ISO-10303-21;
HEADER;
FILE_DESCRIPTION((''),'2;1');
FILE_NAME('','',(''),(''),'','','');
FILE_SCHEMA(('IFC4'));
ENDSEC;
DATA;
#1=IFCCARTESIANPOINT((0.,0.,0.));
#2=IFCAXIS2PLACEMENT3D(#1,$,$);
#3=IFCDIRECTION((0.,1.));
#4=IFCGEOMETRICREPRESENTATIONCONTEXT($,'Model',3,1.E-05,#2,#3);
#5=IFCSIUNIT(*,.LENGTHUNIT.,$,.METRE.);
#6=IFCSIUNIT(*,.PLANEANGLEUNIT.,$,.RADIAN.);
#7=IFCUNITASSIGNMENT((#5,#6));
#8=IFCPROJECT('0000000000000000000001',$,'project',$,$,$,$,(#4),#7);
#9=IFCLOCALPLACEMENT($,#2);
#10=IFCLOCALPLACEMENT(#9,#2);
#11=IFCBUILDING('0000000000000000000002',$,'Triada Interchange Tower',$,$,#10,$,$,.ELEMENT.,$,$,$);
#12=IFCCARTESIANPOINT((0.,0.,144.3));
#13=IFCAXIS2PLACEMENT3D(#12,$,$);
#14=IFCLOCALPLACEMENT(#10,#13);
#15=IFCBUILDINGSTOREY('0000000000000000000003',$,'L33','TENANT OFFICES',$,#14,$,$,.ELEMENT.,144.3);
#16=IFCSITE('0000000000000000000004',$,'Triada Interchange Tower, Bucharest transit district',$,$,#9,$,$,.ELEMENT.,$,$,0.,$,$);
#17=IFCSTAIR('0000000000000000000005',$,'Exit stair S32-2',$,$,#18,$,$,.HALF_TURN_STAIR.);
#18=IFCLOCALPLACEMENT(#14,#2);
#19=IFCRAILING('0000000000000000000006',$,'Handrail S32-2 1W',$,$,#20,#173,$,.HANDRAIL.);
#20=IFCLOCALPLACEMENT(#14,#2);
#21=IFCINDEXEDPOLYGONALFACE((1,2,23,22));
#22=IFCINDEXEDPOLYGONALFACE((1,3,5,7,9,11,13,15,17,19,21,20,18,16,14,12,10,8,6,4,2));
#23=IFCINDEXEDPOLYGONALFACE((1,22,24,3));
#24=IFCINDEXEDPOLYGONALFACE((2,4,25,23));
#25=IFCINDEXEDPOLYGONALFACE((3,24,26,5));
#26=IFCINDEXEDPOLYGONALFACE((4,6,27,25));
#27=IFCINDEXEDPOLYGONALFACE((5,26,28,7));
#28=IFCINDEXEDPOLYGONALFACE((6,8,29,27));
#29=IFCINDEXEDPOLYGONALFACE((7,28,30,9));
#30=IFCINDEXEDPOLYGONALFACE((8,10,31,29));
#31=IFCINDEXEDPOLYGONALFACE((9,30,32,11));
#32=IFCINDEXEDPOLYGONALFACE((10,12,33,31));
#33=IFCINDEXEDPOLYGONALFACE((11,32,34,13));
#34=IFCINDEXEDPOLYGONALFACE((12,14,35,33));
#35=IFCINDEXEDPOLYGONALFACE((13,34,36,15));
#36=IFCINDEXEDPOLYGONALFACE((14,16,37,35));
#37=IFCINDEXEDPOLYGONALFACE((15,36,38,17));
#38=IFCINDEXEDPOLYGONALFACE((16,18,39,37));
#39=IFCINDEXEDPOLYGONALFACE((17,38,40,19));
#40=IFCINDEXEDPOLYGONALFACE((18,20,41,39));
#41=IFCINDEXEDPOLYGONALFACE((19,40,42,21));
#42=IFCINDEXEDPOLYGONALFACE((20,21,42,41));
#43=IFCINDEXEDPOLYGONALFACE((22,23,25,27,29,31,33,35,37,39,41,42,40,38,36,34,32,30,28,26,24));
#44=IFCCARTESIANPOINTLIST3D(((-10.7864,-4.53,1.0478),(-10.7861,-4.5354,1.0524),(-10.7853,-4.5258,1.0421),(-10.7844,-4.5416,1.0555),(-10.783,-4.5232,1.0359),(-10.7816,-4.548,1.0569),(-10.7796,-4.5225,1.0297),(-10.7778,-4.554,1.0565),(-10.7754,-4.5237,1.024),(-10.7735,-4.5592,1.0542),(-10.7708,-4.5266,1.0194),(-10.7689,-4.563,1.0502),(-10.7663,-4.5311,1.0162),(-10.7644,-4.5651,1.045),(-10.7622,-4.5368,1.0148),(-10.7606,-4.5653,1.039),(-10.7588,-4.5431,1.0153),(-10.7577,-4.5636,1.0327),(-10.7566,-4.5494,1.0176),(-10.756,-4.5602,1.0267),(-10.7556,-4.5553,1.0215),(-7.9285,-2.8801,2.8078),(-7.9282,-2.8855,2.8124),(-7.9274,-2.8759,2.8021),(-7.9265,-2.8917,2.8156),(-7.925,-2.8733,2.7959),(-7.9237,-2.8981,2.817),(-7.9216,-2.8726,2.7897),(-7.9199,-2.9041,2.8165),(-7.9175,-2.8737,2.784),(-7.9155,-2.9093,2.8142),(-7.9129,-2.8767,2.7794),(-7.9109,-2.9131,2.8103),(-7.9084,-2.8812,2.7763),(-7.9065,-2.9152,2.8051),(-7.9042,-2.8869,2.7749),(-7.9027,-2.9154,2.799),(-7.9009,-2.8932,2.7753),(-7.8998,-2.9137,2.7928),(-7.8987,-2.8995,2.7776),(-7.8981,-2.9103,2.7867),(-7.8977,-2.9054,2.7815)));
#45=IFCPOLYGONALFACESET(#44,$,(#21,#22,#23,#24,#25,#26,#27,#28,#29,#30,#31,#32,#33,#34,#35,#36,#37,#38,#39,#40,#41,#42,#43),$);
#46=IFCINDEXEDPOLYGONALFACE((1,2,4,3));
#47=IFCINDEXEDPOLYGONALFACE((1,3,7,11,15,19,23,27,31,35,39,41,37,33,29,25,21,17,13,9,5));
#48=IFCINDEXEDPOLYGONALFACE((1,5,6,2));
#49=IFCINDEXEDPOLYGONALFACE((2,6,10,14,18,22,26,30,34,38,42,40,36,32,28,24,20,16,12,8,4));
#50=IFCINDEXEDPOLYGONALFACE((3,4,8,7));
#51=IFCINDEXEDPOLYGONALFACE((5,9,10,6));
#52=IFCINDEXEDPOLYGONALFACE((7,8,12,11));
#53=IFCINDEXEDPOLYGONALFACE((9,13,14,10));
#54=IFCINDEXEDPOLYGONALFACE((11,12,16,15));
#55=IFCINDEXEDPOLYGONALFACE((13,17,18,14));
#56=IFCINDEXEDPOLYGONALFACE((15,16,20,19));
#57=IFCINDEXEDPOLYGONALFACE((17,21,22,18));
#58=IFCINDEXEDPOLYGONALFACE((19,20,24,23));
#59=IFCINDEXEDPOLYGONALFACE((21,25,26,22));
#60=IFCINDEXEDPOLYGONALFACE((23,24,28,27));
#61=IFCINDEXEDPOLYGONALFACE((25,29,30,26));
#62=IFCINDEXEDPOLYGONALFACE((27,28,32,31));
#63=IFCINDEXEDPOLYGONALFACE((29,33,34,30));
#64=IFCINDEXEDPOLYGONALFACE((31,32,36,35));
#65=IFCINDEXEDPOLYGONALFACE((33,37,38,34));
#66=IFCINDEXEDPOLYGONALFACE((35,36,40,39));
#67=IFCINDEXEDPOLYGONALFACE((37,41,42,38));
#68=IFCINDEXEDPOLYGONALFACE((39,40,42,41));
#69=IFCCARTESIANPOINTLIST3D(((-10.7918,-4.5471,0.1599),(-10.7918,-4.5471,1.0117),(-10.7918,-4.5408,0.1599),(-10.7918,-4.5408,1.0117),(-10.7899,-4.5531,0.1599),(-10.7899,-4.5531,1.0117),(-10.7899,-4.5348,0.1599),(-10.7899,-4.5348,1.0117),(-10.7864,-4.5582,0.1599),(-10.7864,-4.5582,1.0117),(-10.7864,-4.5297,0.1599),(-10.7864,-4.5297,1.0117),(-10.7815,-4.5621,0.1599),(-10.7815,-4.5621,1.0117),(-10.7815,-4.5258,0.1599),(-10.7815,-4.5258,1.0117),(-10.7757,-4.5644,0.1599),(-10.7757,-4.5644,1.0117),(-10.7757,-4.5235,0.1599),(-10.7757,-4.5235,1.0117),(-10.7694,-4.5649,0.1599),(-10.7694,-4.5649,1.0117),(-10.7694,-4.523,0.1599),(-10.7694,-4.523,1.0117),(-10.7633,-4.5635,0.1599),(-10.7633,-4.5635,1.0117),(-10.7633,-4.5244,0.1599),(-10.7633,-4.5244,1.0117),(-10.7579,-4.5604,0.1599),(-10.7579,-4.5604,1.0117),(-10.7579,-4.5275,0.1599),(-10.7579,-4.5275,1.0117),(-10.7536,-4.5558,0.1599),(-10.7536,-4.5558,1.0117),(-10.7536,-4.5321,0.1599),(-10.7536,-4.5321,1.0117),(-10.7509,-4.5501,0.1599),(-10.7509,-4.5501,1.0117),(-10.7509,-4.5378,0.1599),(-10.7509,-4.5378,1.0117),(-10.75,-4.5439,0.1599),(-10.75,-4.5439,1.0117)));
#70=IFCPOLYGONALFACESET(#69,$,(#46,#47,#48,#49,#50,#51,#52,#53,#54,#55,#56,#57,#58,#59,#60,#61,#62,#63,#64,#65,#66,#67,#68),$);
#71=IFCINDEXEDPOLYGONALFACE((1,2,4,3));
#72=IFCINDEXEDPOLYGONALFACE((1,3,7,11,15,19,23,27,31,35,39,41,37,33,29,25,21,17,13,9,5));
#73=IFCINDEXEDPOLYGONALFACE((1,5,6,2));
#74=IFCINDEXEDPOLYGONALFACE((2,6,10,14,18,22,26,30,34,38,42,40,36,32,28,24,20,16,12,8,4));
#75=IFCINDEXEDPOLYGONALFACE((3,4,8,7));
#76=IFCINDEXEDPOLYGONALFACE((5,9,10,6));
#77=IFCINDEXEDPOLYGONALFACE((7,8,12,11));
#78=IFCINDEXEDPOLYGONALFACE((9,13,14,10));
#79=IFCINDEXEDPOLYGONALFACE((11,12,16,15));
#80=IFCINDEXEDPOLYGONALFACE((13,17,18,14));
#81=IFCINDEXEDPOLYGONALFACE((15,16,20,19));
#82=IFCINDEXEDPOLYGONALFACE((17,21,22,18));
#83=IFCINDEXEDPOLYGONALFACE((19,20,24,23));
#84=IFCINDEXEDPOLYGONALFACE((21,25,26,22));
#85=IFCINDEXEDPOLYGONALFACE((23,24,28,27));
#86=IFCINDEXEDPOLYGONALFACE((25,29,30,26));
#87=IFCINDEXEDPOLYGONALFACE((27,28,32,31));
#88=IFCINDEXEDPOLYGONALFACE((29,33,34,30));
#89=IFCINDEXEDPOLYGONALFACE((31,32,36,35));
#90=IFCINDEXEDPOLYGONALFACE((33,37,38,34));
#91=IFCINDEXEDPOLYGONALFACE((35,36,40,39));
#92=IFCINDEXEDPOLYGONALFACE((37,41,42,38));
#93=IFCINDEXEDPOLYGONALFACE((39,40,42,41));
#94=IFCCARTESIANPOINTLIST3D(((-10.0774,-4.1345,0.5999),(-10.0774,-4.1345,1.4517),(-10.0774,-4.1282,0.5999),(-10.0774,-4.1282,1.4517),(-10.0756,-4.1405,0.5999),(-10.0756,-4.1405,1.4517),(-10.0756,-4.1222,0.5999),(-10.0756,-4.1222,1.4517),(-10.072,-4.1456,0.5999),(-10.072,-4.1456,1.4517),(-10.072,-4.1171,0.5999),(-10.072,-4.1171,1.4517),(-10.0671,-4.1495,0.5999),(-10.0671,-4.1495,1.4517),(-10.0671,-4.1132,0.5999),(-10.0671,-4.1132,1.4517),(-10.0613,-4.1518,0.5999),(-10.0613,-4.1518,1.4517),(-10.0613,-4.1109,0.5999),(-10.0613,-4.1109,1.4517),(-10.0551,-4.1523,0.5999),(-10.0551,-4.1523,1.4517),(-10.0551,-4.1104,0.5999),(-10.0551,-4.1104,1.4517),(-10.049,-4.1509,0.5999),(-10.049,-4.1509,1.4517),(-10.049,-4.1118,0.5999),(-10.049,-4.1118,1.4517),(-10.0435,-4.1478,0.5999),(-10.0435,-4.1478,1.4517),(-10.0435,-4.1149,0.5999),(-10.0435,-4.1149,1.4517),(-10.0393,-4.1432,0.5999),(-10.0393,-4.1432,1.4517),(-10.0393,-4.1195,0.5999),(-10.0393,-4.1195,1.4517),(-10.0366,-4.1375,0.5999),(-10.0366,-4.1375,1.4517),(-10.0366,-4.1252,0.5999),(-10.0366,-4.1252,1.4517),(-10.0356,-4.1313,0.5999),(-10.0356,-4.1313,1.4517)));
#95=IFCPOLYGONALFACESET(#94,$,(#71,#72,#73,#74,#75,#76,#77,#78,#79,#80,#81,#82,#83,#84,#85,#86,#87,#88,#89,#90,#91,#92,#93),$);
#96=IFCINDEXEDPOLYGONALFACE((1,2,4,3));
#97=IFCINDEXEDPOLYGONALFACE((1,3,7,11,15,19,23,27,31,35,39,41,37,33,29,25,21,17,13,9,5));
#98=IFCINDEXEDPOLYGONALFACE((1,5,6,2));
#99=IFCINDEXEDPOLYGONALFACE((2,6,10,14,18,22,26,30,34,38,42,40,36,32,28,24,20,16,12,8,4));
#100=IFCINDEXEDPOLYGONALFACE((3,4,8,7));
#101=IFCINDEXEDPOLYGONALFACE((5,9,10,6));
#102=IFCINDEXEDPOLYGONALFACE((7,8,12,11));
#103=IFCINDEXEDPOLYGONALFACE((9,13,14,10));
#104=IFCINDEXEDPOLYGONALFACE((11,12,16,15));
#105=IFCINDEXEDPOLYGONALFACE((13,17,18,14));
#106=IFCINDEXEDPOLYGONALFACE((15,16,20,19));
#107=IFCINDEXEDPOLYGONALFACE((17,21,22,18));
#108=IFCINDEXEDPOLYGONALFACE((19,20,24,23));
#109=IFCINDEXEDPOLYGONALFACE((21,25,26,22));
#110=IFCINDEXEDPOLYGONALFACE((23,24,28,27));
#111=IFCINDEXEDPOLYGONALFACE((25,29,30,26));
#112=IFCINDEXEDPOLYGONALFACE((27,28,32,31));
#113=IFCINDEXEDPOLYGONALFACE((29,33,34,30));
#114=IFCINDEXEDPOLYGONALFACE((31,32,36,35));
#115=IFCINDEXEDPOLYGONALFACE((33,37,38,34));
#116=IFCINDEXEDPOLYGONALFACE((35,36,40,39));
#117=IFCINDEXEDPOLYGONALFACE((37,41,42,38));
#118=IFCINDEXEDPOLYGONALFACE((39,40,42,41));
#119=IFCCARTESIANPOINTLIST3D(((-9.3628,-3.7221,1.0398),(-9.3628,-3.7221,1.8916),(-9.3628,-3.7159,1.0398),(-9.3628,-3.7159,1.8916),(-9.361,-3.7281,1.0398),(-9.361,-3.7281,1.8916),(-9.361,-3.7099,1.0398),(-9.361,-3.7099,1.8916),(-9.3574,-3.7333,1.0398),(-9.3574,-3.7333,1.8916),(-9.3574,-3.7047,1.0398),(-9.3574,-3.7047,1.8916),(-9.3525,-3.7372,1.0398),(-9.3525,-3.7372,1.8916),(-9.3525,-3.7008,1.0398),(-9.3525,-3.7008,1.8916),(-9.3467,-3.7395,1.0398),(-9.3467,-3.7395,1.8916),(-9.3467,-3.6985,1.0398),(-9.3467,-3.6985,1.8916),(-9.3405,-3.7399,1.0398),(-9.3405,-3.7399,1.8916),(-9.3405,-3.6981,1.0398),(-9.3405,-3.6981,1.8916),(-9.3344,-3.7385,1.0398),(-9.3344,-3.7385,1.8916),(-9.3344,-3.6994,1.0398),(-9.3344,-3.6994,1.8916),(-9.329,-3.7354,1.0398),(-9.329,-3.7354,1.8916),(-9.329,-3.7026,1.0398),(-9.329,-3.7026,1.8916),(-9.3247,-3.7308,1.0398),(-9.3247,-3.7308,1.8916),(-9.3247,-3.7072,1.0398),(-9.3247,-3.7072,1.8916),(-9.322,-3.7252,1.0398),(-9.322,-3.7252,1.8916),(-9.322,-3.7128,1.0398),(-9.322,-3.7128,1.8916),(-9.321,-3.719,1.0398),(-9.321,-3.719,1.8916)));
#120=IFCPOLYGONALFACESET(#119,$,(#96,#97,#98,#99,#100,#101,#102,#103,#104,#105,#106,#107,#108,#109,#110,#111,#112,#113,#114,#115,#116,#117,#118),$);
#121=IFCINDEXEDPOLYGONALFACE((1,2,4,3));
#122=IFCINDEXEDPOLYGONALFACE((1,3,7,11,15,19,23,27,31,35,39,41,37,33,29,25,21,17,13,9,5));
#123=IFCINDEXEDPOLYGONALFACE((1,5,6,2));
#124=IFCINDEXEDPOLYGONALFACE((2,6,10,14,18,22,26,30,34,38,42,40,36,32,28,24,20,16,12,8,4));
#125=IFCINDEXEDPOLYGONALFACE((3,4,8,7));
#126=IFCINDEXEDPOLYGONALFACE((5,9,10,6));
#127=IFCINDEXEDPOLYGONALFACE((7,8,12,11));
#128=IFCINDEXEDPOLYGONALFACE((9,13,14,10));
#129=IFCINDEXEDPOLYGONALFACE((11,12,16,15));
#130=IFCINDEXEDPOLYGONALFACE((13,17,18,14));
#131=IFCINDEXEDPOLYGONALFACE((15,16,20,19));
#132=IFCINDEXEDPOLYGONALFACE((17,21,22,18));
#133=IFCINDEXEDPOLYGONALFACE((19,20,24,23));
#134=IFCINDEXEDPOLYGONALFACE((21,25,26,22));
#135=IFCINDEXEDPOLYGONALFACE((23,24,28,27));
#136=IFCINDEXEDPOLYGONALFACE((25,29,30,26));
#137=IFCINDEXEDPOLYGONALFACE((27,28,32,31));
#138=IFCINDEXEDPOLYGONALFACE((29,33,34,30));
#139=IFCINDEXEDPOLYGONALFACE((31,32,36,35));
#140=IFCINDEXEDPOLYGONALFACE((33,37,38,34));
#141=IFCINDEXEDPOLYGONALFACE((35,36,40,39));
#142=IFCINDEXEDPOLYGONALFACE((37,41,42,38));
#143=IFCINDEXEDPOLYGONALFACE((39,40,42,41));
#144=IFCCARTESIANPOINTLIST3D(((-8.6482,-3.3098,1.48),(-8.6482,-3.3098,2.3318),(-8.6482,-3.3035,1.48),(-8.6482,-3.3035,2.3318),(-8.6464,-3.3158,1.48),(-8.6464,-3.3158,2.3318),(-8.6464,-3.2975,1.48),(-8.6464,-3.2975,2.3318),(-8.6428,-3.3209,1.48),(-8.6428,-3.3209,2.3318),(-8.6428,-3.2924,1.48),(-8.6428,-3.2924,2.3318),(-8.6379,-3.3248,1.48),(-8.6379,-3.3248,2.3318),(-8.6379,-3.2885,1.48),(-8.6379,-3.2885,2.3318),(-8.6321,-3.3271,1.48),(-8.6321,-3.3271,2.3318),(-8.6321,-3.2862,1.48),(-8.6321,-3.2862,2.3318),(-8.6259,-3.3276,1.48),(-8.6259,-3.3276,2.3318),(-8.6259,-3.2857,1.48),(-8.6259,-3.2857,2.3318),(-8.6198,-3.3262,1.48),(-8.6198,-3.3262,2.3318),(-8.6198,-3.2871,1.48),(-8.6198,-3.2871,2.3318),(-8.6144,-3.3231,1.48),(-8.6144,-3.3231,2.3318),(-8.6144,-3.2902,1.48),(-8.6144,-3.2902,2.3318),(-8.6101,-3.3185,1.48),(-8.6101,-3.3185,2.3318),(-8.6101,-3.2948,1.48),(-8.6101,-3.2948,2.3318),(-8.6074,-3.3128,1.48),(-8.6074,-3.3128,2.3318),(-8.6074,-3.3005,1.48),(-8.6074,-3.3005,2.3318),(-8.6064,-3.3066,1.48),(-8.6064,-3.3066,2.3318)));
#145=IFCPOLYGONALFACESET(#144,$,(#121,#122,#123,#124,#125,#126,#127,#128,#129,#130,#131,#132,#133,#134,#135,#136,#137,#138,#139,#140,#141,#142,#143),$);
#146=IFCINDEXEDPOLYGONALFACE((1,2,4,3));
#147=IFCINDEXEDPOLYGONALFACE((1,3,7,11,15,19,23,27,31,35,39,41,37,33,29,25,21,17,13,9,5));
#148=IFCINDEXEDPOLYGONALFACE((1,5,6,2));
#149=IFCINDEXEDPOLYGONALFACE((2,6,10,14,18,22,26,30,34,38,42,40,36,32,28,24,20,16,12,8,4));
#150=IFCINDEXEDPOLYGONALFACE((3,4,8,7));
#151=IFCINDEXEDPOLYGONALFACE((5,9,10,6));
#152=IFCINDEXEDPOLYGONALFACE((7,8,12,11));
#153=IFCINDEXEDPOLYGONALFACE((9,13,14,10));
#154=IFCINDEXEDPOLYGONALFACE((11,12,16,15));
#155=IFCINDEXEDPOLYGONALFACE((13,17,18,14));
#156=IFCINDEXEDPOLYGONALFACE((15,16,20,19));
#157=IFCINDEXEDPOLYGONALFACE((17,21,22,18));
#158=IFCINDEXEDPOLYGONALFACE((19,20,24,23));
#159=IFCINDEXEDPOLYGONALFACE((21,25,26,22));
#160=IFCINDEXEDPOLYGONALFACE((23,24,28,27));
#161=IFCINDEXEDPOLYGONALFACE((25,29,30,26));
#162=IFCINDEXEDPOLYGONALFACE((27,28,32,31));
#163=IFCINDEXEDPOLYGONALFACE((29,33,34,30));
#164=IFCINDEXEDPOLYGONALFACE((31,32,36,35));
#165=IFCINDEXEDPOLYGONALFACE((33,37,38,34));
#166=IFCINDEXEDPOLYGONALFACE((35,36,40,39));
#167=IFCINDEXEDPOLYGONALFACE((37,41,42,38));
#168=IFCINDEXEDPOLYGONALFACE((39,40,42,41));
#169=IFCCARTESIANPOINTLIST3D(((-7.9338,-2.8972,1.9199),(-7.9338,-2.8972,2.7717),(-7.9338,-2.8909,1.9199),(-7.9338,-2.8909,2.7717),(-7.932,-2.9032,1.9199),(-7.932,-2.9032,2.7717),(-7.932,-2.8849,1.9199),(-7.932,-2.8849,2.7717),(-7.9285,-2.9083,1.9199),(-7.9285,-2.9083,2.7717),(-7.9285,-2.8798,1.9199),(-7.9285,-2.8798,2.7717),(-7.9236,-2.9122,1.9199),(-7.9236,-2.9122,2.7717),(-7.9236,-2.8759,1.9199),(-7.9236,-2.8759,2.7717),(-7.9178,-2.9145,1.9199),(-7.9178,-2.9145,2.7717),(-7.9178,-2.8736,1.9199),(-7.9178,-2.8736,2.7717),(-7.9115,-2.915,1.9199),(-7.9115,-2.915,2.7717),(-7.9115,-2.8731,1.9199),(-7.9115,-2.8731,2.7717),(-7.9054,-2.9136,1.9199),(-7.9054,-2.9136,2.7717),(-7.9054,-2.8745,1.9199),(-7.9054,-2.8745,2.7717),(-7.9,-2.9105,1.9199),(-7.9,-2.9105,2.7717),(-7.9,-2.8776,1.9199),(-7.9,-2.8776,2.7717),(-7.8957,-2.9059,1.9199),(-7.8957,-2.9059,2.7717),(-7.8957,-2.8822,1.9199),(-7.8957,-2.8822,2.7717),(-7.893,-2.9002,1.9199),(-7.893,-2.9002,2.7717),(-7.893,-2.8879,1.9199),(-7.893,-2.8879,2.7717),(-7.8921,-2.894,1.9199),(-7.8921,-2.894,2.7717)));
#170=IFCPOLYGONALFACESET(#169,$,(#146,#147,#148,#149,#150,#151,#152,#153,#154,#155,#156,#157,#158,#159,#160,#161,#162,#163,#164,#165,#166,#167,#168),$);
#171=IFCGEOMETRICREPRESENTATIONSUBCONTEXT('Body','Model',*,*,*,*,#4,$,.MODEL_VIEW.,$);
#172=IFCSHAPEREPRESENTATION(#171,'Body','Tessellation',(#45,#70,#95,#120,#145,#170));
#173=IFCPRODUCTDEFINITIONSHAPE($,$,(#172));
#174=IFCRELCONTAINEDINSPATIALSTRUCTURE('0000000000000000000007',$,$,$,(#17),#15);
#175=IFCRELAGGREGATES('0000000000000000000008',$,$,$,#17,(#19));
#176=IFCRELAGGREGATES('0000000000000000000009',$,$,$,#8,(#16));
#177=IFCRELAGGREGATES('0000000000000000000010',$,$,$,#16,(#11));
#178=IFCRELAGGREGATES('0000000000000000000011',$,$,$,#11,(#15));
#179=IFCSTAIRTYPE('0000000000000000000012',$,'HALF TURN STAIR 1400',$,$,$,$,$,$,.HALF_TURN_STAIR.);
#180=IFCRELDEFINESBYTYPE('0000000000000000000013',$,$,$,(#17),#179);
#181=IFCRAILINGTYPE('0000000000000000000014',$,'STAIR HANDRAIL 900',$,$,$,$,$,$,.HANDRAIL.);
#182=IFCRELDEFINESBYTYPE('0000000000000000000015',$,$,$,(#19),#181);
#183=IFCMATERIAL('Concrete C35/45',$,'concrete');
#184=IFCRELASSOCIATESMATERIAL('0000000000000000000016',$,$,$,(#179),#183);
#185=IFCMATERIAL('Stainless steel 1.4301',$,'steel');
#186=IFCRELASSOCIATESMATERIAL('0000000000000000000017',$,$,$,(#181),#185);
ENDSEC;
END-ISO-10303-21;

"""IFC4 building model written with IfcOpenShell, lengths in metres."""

from ifc_helpers import new_model, si_unit, direction, frame, origin, origin_2d, place, context, subcontext, project, spatial, circle, extrude, material, type_object, element, aggregate, save


model = new_model("IFC4")

# Units and contexts
model_context = context("Model", 3, precision=1e-05, world=origin(), true_north=direction((0.0, 1.0)))
body_context = subcontext(model_context, "Body", "Model", "MODEL_VIEW")
ifc_project = project(units=[si_unit("LENGTHUNIT", "METRE"), si_unit("PLANEANGLEUNIT", "RADIAN")], contexts=[model_context])

# Site, building, storey
site_placement = place(None, origin())
site = spatial("IfcSite", under=ifc_project, at=site_placement, Name="Triada Interchange Tower, Bucharest transit district", CompositionType="ELEMENT", RefElevation=0.0)
building_placement = place(site_placement, origin())
building = spatial("IfcBuilding", under=site, at=building_placement, Name="Triada Interchange Tower", CompositionType="ELEMENT")
storey_placement = place(building_placement, frame((0.0, 0.0, 144.3)))
storey = spatial("IfcBuildingStorey", under=building, at=storey_placement, Name="L33", Description="TENANT OFFICES", CompositionType="ELEMENT", Elevation=144.3)

# Stair, railing
ifc_material_1 = material(Name="Concrete C35/45", Category="concrete")
stair_type = type_object("IfcStairType", Name="HALF TURN STAIR 1400", PredefinedType="HALF_TURN_STAIR", material=ifc_material_1)
stair_placement = place(storey_placement, origin())
stair = element("IfcStair", 1, at=stair_placement, inside=storey, type_object=stair_type, Name="Exit stair S32-2", PredefinedType="HALF_TURN_STAIR")
ifc_material_2 = material(Name="Stainless steel 1.4301", Category="steel")
railing_type = type_object("IfcRailingType", Name="STAIR HANDRAIL 900", PredefinedType="HANDRAIL", material=ifc_material_2)
railing_1_placement = place(storey_placement, frame((-10.771, -4.5439, 0.1599)))
railing_1 = element("IfcRailing", 2, at=railing_1_placement, type_object=railing_type, Name="Handrail S32-2 1W", PredefinedType="HANDRAIL", context=body_context, shape_type="SweptSolid", body=[
    extrude(circle(Radius=0.0239, at=origin_2d()), frame((0.0, 0.0, 0.876), z_axis=(0.764151, 0.441153, 0.470593), x_axis=(-0.499974, 0.86604, 0.0)), (0.0, 0.0, 1.0), 3.74),
    extrude(circle(Radius=0.021, at=origin_2d()), origin(), (0.0, 0.0, 1.0), 0.8518),
    extrude(circle(Radius=0.021, at=origin_2d()), frame((0.7144, 0.4126, 0.4399)), (0.0, 0.0, 1.0), 0.8518),
    extrude(circle(Radius=0.021, at=origin_2d()), frame((1.429, 0.825, 0.8799)), (0.0, 0.0, 1.0), 0.8518),
    extrude(circle(Radius=0.021, at=origin_2d()), frame((2.1436, 1.2373, 1.3201)), (0.0, 0.0, 1.0), 0.8518),
    extrude(circle(Radius=0.021, at=origin_2d()), frame((2.8579, 1.6499, 1.76)), (0.0, 0.0, 1.0), 0.8518),
])
aggregate(stair, [railing_1])

save(model, "model.ifc")
